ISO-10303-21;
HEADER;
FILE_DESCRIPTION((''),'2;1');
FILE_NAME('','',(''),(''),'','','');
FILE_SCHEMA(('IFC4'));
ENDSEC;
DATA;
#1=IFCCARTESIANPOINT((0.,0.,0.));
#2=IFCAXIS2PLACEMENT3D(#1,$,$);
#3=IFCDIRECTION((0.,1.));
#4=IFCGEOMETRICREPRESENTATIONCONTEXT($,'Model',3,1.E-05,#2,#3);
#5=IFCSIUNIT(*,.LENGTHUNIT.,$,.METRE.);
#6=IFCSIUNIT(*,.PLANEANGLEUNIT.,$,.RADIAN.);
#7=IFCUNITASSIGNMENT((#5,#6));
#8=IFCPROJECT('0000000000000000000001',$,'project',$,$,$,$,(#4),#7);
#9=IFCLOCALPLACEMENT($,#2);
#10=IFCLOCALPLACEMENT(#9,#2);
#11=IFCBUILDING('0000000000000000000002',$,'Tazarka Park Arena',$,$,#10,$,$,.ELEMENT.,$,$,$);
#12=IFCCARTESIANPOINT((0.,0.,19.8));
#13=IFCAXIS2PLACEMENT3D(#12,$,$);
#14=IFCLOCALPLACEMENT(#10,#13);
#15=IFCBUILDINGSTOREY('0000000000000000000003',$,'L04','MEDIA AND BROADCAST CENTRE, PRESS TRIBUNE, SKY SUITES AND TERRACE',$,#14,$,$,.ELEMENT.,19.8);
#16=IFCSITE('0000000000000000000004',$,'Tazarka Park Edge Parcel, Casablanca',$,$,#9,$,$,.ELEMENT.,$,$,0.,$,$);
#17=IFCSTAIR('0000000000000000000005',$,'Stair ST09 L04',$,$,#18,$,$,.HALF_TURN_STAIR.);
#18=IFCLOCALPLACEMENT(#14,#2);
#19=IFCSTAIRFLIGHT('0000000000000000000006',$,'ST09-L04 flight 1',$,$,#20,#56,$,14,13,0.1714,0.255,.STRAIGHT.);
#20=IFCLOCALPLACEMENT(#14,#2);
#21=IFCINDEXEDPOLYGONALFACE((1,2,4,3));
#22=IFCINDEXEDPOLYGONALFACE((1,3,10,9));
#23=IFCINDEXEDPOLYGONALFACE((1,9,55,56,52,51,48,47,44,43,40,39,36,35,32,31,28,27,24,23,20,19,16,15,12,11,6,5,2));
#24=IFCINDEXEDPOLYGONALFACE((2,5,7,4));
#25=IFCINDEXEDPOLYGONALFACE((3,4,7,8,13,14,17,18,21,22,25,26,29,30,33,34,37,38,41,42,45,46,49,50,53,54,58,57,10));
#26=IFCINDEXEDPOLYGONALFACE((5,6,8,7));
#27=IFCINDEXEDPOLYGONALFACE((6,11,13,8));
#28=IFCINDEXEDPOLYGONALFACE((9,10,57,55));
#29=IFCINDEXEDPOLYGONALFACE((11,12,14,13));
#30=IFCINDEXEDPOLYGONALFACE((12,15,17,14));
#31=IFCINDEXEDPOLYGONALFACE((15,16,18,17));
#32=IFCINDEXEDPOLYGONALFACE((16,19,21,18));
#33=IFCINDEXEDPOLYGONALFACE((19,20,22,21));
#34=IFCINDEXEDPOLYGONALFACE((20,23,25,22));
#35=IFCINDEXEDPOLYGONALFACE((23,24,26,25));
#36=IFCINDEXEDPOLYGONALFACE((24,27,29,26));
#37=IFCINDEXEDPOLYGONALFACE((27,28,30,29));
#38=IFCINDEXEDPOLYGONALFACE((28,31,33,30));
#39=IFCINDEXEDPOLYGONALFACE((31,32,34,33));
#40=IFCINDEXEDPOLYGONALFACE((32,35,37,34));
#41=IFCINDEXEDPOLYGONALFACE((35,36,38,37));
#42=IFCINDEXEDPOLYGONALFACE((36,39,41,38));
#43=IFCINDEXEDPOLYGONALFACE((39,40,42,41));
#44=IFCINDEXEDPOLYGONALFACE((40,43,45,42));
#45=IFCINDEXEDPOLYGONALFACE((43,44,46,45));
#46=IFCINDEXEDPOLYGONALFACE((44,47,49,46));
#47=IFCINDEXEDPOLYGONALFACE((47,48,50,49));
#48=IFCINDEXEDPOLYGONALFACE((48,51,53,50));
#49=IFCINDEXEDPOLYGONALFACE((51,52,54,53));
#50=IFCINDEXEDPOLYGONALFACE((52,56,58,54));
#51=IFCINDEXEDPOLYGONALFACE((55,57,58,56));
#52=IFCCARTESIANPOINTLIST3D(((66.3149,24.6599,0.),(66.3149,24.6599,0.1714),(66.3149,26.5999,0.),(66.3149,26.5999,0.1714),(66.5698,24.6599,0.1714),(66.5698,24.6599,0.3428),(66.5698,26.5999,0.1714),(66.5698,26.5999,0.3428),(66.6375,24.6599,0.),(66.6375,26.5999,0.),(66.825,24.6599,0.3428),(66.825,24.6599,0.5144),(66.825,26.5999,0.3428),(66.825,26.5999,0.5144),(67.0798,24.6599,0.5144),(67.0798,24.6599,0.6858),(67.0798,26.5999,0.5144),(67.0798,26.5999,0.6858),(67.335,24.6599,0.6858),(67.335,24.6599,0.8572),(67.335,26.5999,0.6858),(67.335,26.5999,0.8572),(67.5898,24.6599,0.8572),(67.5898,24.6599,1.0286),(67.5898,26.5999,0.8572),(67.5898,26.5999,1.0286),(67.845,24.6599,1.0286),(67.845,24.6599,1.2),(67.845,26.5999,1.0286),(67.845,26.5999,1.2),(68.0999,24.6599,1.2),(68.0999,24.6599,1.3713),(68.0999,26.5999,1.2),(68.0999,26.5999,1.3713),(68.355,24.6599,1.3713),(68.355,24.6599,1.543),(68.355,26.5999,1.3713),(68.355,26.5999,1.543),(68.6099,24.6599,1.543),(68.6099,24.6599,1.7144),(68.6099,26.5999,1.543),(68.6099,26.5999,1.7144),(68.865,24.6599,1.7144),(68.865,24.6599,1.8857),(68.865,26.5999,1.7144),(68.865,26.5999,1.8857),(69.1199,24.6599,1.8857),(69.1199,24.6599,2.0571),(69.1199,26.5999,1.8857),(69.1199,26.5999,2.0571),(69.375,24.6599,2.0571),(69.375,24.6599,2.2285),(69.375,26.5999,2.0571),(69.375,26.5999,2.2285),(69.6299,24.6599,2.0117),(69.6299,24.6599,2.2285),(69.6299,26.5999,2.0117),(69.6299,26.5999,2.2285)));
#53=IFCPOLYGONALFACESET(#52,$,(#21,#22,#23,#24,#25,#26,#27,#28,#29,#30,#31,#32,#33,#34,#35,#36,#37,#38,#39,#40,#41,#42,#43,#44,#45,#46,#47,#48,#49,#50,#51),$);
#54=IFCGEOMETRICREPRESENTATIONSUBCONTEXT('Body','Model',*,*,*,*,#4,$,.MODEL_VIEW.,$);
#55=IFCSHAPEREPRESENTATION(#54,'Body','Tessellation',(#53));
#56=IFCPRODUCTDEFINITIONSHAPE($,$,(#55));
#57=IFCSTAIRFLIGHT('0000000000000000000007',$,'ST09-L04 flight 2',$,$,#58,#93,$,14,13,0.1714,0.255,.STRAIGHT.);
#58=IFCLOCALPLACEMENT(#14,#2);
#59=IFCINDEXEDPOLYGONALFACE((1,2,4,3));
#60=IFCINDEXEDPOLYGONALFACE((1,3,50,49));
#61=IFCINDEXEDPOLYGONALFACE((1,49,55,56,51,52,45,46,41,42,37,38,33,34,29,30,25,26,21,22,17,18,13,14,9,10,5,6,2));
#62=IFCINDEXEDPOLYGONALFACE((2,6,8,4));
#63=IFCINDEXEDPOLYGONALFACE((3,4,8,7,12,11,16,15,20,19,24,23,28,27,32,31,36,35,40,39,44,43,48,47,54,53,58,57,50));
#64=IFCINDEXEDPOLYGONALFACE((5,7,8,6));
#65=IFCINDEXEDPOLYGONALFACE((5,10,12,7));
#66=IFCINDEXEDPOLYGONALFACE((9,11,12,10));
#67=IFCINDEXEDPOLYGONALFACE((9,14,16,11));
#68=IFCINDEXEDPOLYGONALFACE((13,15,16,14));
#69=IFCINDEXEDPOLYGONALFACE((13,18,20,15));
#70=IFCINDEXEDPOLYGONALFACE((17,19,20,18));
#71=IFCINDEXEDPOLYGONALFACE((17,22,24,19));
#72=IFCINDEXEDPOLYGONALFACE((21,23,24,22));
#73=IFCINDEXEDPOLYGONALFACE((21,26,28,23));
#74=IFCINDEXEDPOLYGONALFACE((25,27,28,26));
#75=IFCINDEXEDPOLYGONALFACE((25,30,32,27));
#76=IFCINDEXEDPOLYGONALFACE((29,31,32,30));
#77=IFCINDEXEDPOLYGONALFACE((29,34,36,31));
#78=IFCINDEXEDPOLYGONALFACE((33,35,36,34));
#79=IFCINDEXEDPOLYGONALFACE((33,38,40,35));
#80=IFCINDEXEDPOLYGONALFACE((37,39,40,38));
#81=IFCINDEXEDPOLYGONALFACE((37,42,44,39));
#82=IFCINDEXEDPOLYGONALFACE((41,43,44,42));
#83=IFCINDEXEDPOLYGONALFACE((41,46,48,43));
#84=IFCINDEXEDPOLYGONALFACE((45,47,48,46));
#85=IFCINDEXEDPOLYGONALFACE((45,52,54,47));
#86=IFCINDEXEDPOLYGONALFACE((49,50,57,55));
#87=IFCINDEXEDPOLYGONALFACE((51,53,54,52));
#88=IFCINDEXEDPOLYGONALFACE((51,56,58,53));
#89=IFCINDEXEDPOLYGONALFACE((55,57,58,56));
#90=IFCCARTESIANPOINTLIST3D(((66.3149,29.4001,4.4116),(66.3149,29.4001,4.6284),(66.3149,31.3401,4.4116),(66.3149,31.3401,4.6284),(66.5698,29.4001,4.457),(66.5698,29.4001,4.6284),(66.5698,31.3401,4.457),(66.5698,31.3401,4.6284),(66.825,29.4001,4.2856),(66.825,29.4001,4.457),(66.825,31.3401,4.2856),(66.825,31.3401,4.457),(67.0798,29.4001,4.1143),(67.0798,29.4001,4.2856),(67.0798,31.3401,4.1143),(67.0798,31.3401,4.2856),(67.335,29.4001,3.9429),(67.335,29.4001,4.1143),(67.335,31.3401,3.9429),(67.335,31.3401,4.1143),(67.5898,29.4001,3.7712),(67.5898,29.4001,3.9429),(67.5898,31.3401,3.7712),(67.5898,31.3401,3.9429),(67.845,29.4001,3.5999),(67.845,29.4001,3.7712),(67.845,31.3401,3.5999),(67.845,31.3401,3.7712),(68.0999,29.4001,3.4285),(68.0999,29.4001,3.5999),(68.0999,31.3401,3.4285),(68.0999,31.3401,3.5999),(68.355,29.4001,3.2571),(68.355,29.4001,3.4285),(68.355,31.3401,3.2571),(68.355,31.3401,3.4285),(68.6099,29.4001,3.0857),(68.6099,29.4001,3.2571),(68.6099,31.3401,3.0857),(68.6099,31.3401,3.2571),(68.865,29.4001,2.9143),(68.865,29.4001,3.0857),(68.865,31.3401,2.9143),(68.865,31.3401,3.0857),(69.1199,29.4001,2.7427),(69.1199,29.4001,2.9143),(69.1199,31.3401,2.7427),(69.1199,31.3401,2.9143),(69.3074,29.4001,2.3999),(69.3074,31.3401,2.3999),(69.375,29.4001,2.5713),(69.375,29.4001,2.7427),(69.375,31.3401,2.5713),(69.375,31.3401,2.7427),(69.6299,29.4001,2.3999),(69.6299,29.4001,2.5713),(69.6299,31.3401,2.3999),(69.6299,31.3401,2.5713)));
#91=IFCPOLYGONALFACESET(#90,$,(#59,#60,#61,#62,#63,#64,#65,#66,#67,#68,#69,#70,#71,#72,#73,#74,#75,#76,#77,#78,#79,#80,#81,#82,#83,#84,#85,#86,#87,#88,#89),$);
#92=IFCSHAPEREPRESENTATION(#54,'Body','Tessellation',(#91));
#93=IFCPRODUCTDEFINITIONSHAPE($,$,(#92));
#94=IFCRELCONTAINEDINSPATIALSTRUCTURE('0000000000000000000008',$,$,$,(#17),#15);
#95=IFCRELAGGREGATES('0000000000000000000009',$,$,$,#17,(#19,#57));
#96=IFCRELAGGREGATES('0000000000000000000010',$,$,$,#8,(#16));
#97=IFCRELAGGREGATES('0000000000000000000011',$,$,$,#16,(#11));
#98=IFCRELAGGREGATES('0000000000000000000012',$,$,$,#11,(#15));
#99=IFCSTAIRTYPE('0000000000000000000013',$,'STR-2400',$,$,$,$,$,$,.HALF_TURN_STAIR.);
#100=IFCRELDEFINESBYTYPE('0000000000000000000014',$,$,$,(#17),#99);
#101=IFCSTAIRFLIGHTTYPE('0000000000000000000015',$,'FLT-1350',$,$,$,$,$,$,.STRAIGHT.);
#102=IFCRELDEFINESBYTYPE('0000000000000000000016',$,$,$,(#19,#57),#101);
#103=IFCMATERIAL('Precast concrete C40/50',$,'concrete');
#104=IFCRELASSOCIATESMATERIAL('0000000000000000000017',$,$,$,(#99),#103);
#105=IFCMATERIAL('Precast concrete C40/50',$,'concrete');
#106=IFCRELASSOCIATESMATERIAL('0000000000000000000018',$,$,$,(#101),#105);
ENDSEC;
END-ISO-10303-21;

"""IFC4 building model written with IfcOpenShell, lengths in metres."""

from ifc_helpers import new_model, si_unit, direction, frame, origin, place, context, subcontext, project, spatial, polyline, outline, extrude, material, type_object, element, aggregate, save


model = new_model("IFC4")

# Units and contexts
model_context = context("Model", 3, precision=1e-05, world=origin(), true_north=direction((0.0, 1.0)))
body_context = subcontext(model_context, "Body", "Model", "MODEL_VIEW")
ifc_project = project(units=[si_unit("LENGTHUNIT", "METRE"), si_unit("PLANEANGLEUNIT", "RADIAN")], contexts=[model_context])

# Site, building, storey
site_placement = place(None, origin())
site = spatial("IfcSite", under=ifc_project, at=site_placement, Name="Tazarka Park Edge Parcel, Casablanca", CompositionType="ELEMENT", RefElevation=0.0)
building_placement = place(site_placement, origin())
building = spatial("IfcBuilding", under=site, at=building_placement, Name="Tazarka Park Arena", CompositionType="ELEMENT")
storey_placement = place(building_placement, frame((0.0, 0.0, 19.8)))
storey = spatial("IfcBuildingStorey", under=building, at=storey_placement, Name="L04", Description="MEDIA AND BROADCAST CENTRE, PRESS TRIBUNE, SKY SUITES AND TERRACE", CompositionType="ELEMENT", Elevation=19.8)

# Stair, stair flights
ifc_material_1 = material(Name="Precast concrete C40/50", Category="concrete")
stair_type = type_object("IfcStairType", Name="STR-2400", PredefinedType="HALF_TURN_STAIR", material=ifc_material_1)
stair_placement = place(storey_placement, origin())
stair = element("IfcStair", 1, at=stair_placement, inside=storey, type_object=stair_type, Name="Stair ST09 L04", PredefinedType="HALF_TURN_STAIR")
ifc_material_2 = material(Name="Precast concrete C40/50", Category="concrete")
stair_flight_type = type_object("IfcStairFlightType", Name="FLT-1350", PredefinedType="STRAIGHT", material=ifc_material_2)
stair_flight_1_placement = place(storey_placement, frame((66.3149, 25.6299, 0.0), z_axis=(0.0, 0.0, 1.0), x_axis=(1.0, 0.0, 0.0)))
stair_flight_1 = element("IfcStairFlight", 2, at=stair_flight_1_placement, type_object=stair_flight_type, Name="ST09-L04 flight 1", NumberOfRisers=14, NumberOfTreads=13, PredefinedType="STRAIGHT", RiserHeight=0.1714, TreadLength=0.255, context=body_context, shape_type="SweptSolid", body=[
    extrude(outline(polyline([(0.0, 0.0), (0.0, 0.1714), (0.2549, 0.1714), (0.2549, 0.3428), (0.51, 0.3428), (0.51, 0.5144), (0.7649, 0.5144), (0.7649, 0.6858), (1.02, 0.6858), (1.02, 0.8572), (1.2749, 0.8572), (1.2749, 1.0286), (1.53, 1.0286), (1.53, 1.2), (1.7849, 1.2), (1.7849, 1.3713), (2.04, 1.3713), (2.04, 1.543), (2.2949, 1.543), (2.2949, 1.7144), (2.55, 1.7144), (2.55, 1.8857), (2.8049, 1.8857), (2.8049, 2.0571), (3.0601, 2.0571), (3.0601, 2.2285), (3.3149, 2.2285), (3.3149, 2.3999), (3.3149, 2.0117), (0.3225, 0.0), (0.0, 0.0)])), frame((0.0, 0.97, 0.0), z_axis=(0.0, -1.0, 0.0), x_axis=(1.0, 0.0, 0.0)), (0.0, 0.0, 1.0), 1.9399),
])
stair_flight_2_placement = place(storey_placement, frame((69.6299, 30.3701, 2.3999), z_axis=(0.0, 0.0, 1.0), x_axis=(-1.0, 0.0, 0.0)))
stair_flight_2 = element("IfcStairFlight", 3, at=stair_flight_2_placement, type_object=stair_flight_type, Name="ST09-L04 flight 2", NumberOfRisers=14, NumberOfTreads=13, PredefinedType="STRAIGHT", RiserHeight=0.1714, TreadLength=0.255, context=body_context, shape_type="SweptSolid", body=[
    extrude(outline(polyline([(0.0, 0.0), (0.0, 0.1714), (0.2549, 0.1714), (0.2549, 0.3428), (0.51, 0.3428), (0.51, 0.5144), (0.7649, 0.5144), (0.7649, 0.6858), (1.02, 0.6858), (1.02, 0.8572), (1.2749, 0.8572), (1.2749, 1.0286), (1.53, 1.0286), (1.53, 1.2), (1.7849, 1.2), (1.7849, 1.3713), (2.04, 1.3713), (2.04, 1.543), (2.2949, 1.543), (2.2949, 1.7144), (2.55, 1.7144), (2.55, 1.8857), (2.8049, 1.8857), (2.8049, 2.0571), (3.0601, 2.0571), (3.0601, 2.2285), (3.3149, 2.2285), (3.3149, 2.3999), (3.3149, 2.0117), (0.3225, 0.0), (0.0, 0.0)])), frame((0.0, 0.97, 0.0), z_axis=(0.0, -1.0, 0.0), x_axis=(1.0, 0.0, 0.0)), (0.0, 0.0, 1.0), 1.9399),
])
aggregate(stair, [stair_flight_1, stair_flight_2])

save(model, "model.ifc")
